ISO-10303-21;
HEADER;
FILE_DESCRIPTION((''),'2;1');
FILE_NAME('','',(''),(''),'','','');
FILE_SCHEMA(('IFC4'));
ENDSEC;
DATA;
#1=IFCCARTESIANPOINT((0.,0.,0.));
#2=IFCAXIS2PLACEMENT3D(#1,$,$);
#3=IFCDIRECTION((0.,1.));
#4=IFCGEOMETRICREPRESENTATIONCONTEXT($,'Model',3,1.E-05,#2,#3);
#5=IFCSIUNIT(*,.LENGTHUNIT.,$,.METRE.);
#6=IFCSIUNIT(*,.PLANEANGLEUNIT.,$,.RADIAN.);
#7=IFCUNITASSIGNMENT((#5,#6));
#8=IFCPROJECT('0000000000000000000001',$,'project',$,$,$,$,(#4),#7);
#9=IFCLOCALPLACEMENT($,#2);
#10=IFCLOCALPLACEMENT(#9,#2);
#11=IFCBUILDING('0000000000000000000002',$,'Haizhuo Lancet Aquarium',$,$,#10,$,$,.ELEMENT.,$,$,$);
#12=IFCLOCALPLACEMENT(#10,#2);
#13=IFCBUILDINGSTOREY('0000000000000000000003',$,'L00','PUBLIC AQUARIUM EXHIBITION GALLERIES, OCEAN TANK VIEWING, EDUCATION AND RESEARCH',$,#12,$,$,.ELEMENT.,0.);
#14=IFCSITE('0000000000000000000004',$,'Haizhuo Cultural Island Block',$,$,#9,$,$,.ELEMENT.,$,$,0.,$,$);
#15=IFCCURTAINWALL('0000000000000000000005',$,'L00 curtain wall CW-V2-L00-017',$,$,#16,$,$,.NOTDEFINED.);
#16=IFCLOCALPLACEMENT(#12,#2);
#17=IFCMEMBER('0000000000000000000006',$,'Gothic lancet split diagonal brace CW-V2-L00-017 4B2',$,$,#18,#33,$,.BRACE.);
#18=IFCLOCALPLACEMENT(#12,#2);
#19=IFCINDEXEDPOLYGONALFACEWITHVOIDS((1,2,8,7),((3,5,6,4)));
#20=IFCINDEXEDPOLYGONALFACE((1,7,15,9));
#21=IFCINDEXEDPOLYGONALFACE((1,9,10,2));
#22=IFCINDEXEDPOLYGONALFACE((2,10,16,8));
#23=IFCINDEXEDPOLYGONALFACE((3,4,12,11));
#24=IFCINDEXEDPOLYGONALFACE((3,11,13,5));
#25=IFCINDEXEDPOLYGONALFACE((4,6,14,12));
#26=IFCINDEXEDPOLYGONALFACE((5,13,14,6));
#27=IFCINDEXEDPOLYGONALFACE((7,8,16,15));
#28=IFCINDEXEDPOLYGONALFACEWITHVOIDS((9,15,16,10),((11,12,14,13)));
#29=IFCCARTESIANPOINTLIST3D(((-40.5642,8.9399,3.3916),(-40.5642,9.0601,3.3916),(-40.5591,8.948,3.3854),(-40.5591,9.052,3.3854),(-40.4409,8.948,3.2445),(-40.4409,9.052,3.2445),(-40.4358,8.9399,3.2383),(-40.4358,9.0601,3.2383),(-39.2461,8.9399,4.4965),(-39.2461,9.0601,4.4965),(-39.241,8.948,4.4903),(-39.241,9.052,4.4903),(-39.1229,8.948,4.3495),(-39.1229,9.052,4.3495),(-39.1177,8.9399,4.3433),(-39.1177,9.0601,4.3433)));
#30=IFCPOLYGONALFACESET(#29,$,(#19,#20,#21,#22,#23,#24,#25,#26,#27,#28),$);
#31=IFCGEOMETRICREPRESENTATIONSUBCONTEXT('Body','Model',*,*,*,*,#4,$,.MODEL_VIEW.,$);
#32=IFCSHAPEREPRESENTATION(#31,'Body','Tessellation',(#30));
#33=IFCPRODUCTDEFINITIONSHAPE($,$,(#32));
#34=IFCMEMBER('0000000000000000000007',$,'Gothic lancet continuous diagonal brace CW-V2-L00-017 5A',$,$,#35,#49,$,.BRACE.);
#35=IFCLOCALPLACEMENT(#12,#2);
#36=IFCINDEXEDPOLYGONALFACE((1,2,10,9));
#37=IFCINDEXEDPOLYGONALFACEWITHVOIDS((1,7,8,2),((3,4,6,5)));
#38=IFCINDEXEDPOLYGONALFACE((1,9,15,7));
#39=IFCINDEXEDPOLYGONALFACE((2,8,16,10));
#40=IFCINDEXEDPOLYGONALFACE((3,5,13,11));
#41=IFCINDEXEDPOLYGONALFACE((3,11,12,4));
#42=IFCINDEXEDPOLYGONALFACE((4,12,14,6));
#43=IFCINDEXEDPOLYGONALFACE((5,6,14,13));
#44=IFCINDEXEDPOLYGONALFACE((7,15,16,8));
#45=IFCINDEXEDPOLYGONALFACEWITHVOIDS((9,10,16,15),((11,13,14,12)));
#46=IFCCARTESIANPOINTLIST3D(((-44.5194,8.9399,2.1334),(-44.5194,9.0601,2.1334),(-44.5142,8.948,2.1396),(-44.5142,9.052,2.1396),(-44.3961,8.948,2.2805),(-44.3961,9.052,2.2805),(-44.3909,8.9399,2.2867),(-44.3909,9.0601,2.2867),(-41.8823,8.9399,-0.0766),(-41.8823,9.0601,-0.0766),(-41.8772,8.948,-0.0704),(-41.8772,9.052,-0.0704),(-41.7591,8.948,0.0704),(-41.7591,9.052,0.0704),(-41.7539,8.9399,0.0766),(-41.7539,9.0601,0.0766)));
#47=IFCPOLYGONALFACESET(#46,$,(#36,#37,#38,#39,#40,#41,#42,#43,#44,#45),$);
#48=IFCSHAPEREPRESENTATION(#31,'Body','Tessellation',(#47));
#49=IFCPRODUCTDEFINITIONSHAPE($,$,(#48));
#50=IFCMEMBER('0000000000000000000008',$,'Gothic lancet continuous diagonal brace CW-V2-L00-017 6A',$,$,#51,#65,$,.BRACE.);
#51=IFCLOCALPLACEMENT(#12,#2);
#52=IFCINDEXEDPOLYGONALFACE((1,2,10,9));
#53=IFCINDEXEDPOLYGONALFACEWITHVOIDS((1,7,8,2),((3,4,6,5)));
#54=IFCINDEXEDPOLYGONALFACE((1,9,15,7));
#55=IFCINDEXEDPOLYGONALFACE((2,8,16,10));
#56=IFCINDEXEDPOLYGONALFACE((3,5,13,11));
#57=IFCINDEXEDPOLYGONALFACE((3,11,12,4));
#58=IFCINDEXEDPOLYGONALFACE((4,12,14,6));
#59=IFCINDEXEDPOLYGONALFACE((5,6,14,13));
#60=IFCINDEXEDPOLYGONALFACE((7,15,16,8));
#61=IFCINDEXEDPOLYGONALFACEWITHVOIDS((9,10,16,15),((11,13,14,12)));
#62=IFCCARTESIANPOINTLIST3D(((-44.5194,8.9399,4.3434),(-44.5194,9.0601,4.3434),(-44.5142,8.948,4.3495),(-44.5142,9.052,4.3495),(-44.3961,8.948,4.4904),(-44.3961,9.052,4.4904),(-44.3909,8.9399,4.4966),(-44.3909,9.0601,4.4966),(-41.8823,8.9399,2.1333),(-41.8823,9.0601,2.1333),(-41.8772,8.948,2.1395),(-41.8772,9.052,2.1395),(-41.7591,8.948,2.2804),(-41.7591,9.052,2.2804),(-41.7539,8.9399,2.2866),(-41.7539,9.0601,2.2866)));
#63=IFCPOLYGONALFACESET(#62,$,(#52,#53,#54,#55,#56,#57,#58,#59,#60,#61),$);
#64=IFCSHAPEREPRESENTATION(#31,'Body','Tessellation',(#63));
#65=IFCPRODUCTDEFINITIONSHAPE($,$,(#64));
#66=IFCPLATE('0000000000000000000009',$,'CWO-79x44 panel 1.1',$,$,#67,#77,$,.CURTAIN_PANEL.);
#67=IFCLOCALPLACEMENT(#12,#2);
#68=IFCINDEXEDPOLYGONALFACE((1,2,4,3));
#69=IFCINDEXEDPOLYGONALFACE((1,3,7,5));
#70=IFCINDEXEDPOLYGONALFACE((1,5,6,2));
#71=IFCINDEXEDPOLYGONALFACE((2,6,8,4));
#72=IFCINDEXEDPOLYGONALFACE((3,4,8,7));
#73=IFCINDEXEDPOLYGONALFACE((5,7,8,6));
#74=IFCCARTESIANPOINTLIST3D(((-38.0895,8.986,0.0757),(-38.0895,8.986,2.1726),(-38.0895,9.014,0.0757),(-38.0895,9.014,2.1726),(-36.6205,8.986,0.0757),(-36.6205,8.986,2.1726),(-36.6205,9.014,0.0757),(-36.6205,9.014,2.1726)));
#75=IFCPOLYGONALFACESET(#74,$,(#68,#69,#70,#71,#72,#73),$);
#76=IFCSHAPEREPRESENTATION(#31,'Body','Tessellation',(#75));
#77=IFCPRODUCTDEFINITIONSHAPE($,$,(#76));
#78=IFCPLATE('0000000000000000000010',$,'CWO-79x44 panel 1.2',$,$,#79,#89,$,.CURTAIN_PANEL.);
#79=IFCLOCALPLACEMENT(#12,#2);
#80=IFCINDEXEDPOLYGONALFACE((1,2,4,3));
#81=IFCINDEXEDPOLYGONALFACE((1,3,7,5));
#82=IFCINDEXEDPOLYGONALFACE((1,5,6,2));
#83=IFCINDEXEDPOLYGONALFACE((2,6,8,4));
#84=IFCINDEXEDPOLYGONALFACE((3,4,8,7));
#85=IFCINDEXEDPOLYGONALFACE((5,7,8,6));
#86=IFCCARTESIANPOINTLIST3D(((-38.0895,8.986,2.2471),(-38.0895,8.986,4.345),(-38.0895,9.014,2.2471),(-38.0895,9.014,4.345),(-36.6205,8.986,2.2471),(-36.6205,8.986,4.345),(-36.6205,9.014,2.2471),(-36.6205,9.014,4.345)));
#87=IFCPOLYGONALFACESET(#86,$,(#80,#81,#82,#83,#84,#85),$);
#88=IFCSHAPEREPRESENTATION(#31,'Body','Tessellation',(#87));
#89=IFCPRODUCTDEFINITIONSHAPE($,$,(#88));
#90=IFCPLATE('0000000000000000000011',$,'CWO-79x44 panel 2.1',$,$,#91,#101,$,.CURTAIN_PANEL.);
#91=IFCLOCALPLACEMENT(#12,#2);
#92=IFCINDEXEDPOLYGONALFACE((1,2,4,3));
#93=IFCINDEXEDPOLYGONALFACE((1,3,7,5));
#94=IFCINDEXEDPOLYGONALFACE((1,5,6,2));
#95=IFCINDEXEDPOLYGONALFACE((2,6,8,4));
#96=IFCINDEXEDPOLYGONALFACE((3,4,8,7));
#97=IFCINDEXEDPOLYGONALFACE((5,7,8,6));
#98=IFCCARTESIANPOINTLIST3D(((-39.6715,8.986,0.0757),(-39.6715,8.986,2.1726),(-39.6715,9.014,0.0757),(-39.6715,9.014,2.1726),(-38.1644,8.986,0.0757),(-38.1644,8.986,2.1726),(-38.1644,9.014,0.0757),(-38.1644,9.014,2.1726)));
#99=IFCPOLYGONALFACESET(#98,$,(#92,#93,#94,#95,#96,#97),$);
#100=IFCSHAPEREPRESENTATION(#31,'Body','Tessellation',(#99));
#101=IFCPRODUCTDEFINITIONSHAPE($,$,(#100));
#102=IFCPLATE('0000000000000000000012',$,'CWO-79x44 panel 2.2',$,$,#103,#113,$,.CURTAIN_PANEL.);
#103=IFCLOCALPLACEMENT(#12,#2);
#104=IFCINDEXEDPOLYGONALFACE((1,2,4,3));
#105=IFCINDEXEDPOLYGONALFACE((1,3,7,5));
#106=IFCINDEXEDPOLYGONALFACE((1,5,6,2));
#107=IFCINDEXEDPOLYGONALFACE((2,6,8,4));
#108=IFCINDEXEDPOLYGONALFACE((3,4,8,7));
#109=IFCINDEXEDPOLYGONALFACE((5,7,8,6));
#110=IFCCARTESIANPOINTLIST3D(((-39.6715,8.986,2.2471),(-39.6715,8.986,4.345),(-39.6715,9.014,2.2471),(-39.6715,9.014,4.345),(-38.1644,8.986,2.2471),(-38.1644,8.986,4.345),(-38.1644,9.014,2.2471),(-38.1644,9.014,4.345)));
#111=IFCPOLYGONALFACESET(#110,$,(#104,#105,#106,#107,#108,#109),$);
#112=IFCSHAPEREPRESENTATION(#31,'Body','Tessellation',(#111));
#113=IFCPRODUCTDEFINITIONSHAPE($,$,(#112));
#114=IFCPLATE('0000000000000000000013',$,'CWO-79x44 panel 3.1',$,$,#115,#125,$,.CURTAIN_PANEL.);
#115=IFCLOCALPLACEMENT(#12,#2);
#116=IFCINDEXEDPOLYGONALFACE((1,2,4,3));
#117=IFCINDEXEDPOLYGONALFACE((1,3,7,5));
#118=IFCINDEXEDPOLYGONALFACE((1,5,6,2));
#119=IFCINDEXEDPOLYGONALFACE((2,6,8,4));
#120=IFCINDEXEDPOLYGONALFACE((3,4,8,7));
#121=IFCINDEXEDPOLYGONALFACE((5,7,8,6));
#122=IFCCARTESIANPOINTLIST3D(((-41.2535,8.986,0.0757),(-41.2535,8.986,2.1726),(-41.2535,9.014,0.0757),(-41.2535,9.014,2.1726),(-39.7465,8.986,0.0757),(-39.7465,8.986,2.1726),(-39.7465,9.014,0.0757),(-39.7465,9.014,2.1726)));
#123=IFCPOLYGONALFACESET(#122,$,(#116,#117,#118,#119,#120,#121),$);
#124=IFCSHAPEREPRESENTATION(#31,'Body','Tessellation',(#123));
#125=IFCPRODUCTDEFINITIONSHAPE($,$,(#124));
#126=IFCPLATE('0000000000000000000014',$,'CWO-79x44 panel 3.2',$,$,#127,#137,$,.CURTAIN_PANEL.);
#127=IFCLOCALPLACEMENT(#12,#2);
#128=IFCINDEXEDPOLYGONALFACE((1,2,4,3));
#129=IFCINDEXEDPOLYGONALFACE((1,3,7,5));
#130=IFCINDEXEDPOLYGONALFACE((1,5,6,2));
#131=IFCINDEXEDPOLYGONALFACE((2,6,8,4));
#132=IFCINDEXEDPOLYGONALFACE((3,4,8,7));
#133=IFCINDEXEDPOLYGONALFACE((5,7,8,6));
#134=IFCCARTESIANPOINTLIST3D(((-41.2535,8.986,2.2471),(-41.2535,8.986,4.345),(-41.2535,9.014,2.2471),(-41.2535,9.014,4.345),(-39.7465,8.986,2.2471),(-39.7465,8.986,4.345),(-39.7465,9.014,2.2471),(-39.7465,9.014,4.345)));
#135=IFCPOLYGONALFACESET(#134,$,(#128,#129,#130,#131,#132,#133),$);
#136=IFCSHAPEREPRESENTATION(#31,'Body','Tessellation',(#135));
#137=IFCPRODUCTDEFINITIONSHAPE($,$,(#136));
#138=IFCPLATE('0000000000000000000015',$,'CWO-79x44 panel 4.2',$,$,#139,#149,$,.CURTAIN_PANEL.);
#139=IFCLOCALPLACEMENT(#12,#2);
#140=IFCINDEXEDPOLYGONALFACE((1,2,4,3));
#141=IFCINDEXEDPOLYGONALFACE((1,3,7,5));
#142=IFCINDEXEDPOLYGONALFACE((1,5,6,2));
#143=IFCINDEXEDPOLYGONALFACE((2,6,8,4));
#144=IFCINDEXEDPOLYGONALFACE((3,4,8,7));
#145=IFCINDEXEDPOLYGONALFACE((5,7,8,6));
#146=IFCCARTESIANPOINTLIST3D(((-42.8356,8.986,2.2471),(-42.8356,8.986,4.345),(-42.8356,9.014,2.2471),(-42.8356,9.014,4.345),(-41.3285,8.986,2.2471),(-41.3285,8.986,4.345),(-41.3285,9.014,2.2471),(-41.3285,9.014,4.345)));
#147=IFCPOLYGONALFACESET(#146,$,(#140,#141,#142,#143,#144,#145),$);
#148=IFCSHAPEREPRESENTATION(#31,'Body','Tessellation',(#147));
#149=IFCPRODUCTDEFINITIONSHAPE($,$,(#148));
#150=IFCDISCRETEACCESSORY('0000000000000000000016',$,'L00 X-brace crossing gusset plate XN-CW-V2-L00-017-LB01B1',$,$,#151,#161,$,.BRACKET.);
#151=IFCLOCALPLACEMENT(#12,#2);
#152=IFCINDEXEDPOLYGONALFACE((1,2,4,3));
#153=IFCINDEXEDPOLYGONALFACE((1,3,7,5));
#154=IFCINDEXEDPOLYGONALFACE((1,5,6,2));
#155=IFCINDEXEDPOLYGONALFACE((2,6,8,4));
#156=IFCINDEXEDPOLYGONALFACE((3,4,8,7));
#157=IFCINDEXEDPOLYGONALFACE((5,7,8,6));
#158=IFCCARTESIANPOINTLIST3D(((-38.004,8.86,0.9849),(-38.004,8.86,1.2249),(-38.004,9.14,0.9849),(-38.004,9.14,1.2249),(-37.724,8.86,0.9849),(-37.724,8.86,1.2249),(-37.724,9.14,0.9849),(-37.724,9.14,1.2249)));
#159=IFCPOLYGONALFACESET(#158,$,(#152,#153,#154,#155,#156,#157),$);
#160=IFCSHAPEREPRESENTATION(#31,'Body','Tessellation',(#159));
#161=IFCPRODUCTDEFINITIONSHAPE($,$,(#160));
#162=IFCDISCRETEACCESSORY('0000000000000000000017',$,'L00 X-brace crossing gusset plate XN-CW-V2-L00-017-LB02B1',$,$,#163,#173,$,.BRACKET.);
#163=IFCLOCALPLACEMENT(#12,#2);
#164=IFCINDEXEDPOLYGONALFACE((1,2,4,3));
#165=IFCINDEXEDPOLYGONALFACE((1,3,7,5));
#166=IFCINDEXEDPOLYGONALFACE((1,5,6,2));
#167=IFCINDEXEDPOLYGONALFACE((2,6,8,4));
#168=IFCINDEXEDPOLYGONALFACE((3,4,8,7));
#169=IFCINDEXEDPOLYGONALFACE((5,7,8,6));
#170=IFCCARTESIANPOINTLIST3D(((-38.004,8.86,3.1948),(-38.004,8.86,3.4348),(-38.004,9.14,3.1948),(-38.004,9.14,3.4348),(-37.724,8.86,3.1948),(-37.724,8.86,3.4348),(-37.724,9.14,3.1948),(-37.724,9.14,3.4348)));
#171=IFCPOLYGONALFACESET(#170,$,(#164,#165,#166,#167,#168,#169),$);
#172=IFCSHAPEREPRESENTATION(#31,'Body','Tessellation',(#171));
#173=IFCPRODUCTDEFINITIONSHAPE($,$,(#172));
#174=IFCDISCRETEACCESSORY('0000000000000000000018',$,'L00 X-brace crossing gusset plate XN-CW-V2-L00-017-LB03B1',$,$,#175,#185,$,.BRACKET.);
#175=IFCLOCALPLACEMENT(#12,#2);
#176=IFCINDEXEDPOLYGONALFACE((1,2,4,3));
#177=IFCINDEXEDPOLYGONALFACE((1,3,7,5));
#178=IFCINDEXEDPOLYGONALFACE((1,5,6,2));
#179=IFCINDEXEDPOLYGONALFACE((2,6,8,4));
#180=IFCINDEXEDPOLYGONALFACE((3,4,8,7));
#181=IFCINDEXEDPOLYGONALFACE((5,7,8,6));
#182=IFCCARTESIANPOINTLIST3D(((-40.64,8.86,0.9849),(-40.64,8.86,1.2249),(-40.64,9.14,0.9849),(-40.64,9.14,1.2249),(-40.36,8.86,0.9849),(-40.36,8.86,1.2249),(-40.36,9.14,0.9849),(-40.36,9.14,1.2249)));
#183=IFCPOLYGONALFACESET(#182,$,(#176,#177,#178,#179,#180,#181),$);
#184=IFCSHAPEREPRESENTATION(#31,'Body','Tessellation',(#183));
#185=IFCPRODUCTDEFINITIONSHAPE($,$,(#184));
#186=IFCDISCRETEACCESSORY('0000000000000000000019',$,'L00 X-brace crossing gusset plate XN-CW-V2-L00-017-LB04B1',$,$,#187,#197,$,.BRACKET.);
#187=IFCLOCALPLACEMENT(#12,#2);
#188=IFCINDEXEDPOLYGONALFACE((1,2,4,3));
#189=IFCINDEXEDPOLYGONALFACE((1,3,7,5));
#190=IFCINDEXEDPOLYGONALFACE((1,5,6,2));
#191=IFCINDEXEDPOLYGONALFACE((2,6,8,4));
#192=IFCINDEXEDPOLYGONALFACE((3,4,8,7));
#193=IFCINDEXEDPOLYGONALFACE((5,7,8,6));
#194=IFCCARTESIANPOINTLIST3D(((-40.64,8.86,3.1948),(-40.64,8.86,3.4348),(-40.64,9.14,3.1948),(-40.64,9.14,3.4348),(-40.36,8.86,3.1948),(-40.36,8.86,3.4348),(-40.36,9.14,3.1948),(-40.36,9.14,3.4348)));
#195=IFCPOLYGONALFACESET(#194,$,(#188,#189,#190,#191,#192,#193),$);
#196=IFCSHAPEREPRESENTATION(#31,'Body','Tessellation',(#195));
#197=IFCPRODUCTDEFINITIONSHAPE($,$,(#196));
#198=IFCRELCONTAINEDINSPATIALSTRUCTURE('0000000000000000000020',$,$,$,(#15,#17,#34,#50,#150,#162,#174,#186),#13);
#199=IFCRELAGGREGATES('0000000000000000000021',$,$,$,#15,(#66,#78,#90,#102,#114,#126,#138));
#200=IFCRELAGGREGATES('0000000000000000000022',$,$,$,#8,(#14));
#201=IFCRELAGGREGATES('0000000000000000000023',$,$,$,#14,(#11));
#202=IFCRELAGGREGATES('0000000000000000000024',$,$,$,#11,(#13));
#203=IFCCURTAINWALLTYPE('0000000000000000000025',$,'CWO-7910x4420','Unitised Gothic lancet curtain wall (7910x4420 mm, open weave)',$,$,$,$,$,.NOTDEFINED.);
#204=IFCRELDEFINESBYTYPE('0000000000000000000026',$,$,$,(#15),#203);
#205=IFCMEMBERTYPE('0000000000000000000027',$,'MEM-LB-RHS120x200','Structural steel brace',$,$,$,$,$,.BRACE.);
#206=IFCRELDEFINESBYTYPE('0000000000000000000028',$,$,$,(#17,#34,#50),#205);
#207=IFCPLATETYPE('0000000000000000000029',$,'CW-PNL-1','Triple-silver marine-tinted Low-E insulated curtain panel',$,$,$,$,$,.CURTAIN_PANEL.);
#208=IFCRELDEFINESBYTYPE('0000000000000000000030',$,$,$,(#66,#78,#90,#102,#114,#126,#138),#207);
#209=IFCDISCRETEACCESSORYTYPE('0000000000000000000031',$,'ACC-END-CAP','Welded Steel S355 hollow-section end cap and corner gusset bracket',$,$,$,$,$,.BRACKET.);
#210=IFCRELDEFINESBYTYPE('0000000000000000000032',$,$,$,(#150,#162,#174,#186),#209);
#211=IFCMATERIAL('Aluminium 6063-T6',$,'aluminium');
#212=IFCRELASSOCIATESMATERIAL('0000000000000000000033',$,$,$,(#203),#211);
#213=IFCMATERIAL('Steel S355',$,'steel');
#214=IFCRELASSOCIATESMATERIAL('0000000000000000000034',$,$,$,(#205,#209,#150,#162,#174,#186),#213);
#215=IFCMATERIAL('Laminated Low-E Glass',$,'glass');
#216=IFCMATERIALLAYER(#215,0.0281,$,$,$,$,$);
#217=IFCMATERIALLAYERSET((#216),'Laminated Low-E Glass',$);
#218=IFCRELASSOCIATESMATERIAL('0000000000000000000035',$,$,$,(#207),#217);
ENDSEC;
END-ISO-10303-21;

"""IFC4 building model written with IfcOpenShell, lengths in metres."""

from ifc_helpers import new_model, si_unit, direction, frame, origin, origin_2d, place, context, subcontext, project, spatial, rectangle, hollow_rectangle, extrude, material, layer, layer_set, material_profile, profile_set, type_object, element, aggregate, save


model = new_model("IFC4")

# Units and contexts
model_context = context("Model", 3, precision=1e-05, world=origin(), true_north=direction((0.0, 1.0)))
body_context = subcontext(model_context, "Body", "Model", "MODEL_VIEW")
ifc_project = project(units=[si_unit("LENGTHUNIT", "METRE"), si_unit("PLANEANGLEUNIT", "RADIAN")], contexts=[model_context])

# Site, building, storey
site_placement = place(None, origin())
site = spatial("IfcSite", under=ifc_project, at=site_placement, Name="Haizhuo Cultural Island Block", CompositionType="ELEMENT", RefElevation=0.0)
building_placement = place(site_placement, origin())
building = spatial("IfcBuilding", under=site, at=building_placement, Name="Haizhuo Lancet Aquarium", CompositionType="ELEMENT")
storey_placement = place(building_placement, origin())
storey = spatial("IfcBuildingStorey", under=building, at=storey_placement, Name="L00", Description="PUBLIC AQUARIUM EXHIBITION GALLERIES, OCEAN TANK VIEWING, EDUCATION AND RESEARCH", CompositionType="ELEMENT", Elevation=0.0)

# Curtain wall
ifc_material_1 = material(Name="Aluminium 6063-T6", Category="aluminium")
curtain_wall_type = type_object("IfcCurtainWallType", Name="CWO-7910x4420", Description="Unitised Gothic lancet curtain wall (7910x4420 mm, open weave)", PredefinedType="NOTDEFINED", material=ifc_material_1)
curtain_wall_placement = place(storey_placement, origin())
curtain_wall = element("IfcCurtainWall", 1, at=curtain_wall_placement, inside=storey, type_object=curtain_wall_type, Name="L00 curtain wall CW-V2-L00-017", PredefinedType="NOTDEFINED")

# Members
ifc_material_2 = material(Name="Steel S355", Category="steel")
ifc_material_profile_1 = material_profile(ifc_material_2, hollow_rectangle(XDim=0.1201, YDim=0.2, WallThickness=0.0081, at=origin_2d()), Name="RHS 120x200x8")
ifc_profile_set_1 = profile_set([ifc_material_profile_1], Name="Steel S355")
member_type_1 = type_object("IfcMemberType", Name="MEM-LB-RHS120x200", Description="Structural steel brace", PredefinedType="BRACE", material=ifc_profile_set_1)
for number, where, z_axis, x_axis, name in (
    (2, (-40.5, 9.0, 3.3149), (0.766345, 0.0, 0.642429), (0.0, 1.0, 0.0), "Gothic lancet split diagonal brace CW-V2-L00-017 4B2"),
):
    element("IfcMember", number, at=place(storey_placement, frame(where, z_axis=z_axis, x_axis=x_axis)), inside=storey, type_object=member_type_1, Name=name, PredefinedType="BRACE", context=body_context, shape_type="SweptSolid", body=[
        extrude(hollow_rectangle(XDim=0.1201, YDim=0.2, WallThickness=0.0081, at=origin_2d()), origin(), (0.0, 0.0, 1.0), 1.72),
    ])
for number, where, z_axis, x_axis, name in (
    (3, (-41.8181, 9.0, 0.0), (-0.766433, 0.0, 0.642325), (0.0, -1.0, 0.0), "Gothic lancet continuous diagonal brace CW-V2-L00-017 5A"),
    (4, (-41.8181, 9.0, 2.21), (-0.766433, 0.0, 0.642325), (0.0, -1.0, 0.0), "Gothic lancet continuous diagonal brace CW-V2-L00-017 6A"),
):
    element("IfcMember", number, at=place(storey_placement, frame(where, z_axis=z_axis, x_axis=x_axis)), inside=storey, type_object=member_type_1, Name=name, PredefinedType="BRACE", context=body_context, shape_type="SweptSolid", body=[
        extrude(hollow_rectangle(XDim=0.1201, YDim=0.2, WallThickness=0.0081, at=origin_2d()), origin(), (0.0, 0.0, 1.0), 3.4407),
    ])

# Plates
ifc_material_3 = material(Name="Laminated Low-E Glass", Category="glass")
ifc_layer = layer(ifc_material_3, 0.0281)
ifc_layer_set = layer_set([ifc_layer], Name="Laminated Low-E Glass")
plate_type = type_object("IfcPlateType", Name="CW-PNL-1", Description="Triple-silver marine-tinted Low-E insulated curtain panel", PredefinedType="CURTAIN_PANEL", material=ifc_layer_set)
plate_1_placement = place(storey_placement, frame((-37.355, 9.0, 0.0757), z_axis=(0.0, 0.0, 1.0), x_axis=(-1.0, 0.0, 0.0)))
plate_1 = element("IfcPlate", 5, at=plate_1_placement, type_object=plate_type, Name="CWO-79x44 panel 1.1", PredefinedType="CURTAIN_PANEL", context=body_context, shape_type="SweptSolid", body=[
    extrude(rectangle(XDim=1.469, YDim=0.0281, at=origin_2d()), origin(), (0.0, 0.0, 1.0), 2.0969),
])
plate_2_placement = place(storey_placement, frame((-37.355, 9.0, 2.2471), z_axis=(0.0, 0.0, 1.0), x_axis=(-1.0, 0.0, 0.0)))
plate_2 = element("IfcPlate", 6, at=plate_2_placement, type_object=plate_type, Name="CWO-79x44 panel 1.2", PredefinedType="CURTAIN_PANEL", context=body_context, shape_type="SweptSolid", body=[
    extrude(rectangle(XDim=1.469, YDim=0.0281, at=origin_2d()), origin(), (0.0, 0.0, 1.0), 2.0979),
])
plate_3_placement = place(storey_placement, frame((-38.918, 9.0, 0.0757), z_axis=(0.0, 0.0, 1.0), x_axis=(-1.0, 0.0, 0.0)))
plate_3 = element("IfcPlate", 7, at=plate_3_placement, type_object=plate_type, Name="CWO-79x44 panel 2.1", PredefinedType="CURTAIN_PANEL", context=body_context, shape_type="SweptSolid", body=[
    extrude(rectangle(XDim=1.5071, YDim=0.0281, at=origin_2d()), origin(), (0.0, 0.0, 1.0), 2.0969),
])
plate_4_placement = place(storey_placement, frame((-38.918, 9.0, 2.2471), z_axis=(0.0, 0.0, 1.0), x_axis=(-1.0, 0.0, 0.0)))
plate_4 = element("IfcPlate", 8, at=plate_4_placement, type_object=plate_type, Name="CWO-79x44 panel 2.2", PredefinedType="CURTAIN_PANEL", context=body_context, shape_type="SweptSolid", body=[
    extrude(rectangle(XDim=1.5071, YDim=0.0281, at=origin_2d()), origin(), (0.0, 0.0, 1.0), 2.0979),
])
plate_5_placement = place(storey_placement, frame((-40.5, 9.0, 0.0757), z_axis=(0.0, 0.0, 1.0), x_axis=(-1.0, 0.0, 0.0)))
plate_5 = element("IfcPlate", 9, at=plate_5_placement, type_object=plate_type, Name="CWO-79x44 panel 3.1", PredefinedType="CURTAIN_PANEL", context=body_context, shape_type="SweptSolid", body=[
    extrude(rectangle(XDim=1.5071, YDim=0.0281, at=origin_2d()), origin(), (0.0, 0.0, 1.0), 2.0969),
])
plate_6_placement = place(storey_placement, frame((-40.5, 9.0, 2.2471), z_axis=(0.0, 0.0, 1.0), x_axis=(-1.0, 0.0, 0.0)))
plate_6 = element("IfcPlate", 10, at=plate_6_placement, type_object=plate_type, Name="CWO-79x44 panel 3.2", PredefinedType="CURTAIN_PANEL", context=body_context, shape_type="SweptSolid", body=[
    extrude(rectangle(XDim=1.5071, YDim=0.0281, at=origin_2d()), origin(), (0.0, 0.0, 1.0), 2.0979),
])
plate_7_placement = place(storey_placement, frame((-42.082, 9.0, 2.2471), z_axis=(0.0, 0.0, 1.0), x_axis=(-1.0, 0.0, 0.0)))
plate_7 = element("IfcPlate", 11, at=plate_7_placement, type_object=plate_type, Name="CWO-79x44 panel 4.2", PredefinedType="CURTAIN_PANEL", context=body_context, shape_type="SweptSolid", body=[
    extrude(rectangle(XDim=1.5071, YDim=0.0281, at=origin_2d()), origin(), (0.0, 0.0, 1.0), 2.0979),
])
aggregate(curtain_wall, [plate_1, plate_2, plate_3, plate_4, plate_5, plate_6, plate_7])

# Discrete accessories
discrete_accessory_type = type_object("IfcDiscreteAccessoryType", Name="ACC-END-CAP", Description="Welded Steel S355 hollow-section end cap and corner gusset bracket", PredefinedType="BRACKET", material=ifc_material_2)
for number, where, z_axis, x_axis, name in (
    (12, (-37.864, 9.0, 0.9849), (0.0, 0.0, 1.0), (1.0, 0.0, 0.0), "L00 X-brace crossing gusset plate XN-CW-V2-L00-017-LB01B1"),
    (13, (-37.864, 9.0, 3.1948), (0.0, 0.0, 1.0), (1.0, 0.0, 0.0), "L00 X-brace crossing gusset plate XN-CW-V2-L00-017-LB02B1"),
    (14, (-40.5, 9.0, 0.9849), (0.0, 0.0, 1.0), (1.0, 0.0, 0.0), "L00 X-brace crossing gusset plate XN-CW-V2-L00-017-LB03B1"),
    (15, (-40.5, 9.0, 3.1948), (0.0, 0.0, 1.0), (1.0, 0.0, 0.0), "L00 X-brace crossing gusset plate XN-CW-V2-L00-017-LB04B1"),
):
    element("IfcDiscreteAccessory", number, at=place(storey_placement, frame(where, z_axis=z_axis, x_axis=x_axis)), inside=storey, type_object=discrete_accessory_type, material=ifc_material_2, Name=name, PredefinedType="BRACKET", context=body_context, shape_type="SweptSolid", body=[
        extrude(rectangle(XDim=0.28, YDim=0.28, at=origin_2d()), origin(), (0.0, 0.0, 1.0), 0.24),
    ])

save(model, "model.ifc")
